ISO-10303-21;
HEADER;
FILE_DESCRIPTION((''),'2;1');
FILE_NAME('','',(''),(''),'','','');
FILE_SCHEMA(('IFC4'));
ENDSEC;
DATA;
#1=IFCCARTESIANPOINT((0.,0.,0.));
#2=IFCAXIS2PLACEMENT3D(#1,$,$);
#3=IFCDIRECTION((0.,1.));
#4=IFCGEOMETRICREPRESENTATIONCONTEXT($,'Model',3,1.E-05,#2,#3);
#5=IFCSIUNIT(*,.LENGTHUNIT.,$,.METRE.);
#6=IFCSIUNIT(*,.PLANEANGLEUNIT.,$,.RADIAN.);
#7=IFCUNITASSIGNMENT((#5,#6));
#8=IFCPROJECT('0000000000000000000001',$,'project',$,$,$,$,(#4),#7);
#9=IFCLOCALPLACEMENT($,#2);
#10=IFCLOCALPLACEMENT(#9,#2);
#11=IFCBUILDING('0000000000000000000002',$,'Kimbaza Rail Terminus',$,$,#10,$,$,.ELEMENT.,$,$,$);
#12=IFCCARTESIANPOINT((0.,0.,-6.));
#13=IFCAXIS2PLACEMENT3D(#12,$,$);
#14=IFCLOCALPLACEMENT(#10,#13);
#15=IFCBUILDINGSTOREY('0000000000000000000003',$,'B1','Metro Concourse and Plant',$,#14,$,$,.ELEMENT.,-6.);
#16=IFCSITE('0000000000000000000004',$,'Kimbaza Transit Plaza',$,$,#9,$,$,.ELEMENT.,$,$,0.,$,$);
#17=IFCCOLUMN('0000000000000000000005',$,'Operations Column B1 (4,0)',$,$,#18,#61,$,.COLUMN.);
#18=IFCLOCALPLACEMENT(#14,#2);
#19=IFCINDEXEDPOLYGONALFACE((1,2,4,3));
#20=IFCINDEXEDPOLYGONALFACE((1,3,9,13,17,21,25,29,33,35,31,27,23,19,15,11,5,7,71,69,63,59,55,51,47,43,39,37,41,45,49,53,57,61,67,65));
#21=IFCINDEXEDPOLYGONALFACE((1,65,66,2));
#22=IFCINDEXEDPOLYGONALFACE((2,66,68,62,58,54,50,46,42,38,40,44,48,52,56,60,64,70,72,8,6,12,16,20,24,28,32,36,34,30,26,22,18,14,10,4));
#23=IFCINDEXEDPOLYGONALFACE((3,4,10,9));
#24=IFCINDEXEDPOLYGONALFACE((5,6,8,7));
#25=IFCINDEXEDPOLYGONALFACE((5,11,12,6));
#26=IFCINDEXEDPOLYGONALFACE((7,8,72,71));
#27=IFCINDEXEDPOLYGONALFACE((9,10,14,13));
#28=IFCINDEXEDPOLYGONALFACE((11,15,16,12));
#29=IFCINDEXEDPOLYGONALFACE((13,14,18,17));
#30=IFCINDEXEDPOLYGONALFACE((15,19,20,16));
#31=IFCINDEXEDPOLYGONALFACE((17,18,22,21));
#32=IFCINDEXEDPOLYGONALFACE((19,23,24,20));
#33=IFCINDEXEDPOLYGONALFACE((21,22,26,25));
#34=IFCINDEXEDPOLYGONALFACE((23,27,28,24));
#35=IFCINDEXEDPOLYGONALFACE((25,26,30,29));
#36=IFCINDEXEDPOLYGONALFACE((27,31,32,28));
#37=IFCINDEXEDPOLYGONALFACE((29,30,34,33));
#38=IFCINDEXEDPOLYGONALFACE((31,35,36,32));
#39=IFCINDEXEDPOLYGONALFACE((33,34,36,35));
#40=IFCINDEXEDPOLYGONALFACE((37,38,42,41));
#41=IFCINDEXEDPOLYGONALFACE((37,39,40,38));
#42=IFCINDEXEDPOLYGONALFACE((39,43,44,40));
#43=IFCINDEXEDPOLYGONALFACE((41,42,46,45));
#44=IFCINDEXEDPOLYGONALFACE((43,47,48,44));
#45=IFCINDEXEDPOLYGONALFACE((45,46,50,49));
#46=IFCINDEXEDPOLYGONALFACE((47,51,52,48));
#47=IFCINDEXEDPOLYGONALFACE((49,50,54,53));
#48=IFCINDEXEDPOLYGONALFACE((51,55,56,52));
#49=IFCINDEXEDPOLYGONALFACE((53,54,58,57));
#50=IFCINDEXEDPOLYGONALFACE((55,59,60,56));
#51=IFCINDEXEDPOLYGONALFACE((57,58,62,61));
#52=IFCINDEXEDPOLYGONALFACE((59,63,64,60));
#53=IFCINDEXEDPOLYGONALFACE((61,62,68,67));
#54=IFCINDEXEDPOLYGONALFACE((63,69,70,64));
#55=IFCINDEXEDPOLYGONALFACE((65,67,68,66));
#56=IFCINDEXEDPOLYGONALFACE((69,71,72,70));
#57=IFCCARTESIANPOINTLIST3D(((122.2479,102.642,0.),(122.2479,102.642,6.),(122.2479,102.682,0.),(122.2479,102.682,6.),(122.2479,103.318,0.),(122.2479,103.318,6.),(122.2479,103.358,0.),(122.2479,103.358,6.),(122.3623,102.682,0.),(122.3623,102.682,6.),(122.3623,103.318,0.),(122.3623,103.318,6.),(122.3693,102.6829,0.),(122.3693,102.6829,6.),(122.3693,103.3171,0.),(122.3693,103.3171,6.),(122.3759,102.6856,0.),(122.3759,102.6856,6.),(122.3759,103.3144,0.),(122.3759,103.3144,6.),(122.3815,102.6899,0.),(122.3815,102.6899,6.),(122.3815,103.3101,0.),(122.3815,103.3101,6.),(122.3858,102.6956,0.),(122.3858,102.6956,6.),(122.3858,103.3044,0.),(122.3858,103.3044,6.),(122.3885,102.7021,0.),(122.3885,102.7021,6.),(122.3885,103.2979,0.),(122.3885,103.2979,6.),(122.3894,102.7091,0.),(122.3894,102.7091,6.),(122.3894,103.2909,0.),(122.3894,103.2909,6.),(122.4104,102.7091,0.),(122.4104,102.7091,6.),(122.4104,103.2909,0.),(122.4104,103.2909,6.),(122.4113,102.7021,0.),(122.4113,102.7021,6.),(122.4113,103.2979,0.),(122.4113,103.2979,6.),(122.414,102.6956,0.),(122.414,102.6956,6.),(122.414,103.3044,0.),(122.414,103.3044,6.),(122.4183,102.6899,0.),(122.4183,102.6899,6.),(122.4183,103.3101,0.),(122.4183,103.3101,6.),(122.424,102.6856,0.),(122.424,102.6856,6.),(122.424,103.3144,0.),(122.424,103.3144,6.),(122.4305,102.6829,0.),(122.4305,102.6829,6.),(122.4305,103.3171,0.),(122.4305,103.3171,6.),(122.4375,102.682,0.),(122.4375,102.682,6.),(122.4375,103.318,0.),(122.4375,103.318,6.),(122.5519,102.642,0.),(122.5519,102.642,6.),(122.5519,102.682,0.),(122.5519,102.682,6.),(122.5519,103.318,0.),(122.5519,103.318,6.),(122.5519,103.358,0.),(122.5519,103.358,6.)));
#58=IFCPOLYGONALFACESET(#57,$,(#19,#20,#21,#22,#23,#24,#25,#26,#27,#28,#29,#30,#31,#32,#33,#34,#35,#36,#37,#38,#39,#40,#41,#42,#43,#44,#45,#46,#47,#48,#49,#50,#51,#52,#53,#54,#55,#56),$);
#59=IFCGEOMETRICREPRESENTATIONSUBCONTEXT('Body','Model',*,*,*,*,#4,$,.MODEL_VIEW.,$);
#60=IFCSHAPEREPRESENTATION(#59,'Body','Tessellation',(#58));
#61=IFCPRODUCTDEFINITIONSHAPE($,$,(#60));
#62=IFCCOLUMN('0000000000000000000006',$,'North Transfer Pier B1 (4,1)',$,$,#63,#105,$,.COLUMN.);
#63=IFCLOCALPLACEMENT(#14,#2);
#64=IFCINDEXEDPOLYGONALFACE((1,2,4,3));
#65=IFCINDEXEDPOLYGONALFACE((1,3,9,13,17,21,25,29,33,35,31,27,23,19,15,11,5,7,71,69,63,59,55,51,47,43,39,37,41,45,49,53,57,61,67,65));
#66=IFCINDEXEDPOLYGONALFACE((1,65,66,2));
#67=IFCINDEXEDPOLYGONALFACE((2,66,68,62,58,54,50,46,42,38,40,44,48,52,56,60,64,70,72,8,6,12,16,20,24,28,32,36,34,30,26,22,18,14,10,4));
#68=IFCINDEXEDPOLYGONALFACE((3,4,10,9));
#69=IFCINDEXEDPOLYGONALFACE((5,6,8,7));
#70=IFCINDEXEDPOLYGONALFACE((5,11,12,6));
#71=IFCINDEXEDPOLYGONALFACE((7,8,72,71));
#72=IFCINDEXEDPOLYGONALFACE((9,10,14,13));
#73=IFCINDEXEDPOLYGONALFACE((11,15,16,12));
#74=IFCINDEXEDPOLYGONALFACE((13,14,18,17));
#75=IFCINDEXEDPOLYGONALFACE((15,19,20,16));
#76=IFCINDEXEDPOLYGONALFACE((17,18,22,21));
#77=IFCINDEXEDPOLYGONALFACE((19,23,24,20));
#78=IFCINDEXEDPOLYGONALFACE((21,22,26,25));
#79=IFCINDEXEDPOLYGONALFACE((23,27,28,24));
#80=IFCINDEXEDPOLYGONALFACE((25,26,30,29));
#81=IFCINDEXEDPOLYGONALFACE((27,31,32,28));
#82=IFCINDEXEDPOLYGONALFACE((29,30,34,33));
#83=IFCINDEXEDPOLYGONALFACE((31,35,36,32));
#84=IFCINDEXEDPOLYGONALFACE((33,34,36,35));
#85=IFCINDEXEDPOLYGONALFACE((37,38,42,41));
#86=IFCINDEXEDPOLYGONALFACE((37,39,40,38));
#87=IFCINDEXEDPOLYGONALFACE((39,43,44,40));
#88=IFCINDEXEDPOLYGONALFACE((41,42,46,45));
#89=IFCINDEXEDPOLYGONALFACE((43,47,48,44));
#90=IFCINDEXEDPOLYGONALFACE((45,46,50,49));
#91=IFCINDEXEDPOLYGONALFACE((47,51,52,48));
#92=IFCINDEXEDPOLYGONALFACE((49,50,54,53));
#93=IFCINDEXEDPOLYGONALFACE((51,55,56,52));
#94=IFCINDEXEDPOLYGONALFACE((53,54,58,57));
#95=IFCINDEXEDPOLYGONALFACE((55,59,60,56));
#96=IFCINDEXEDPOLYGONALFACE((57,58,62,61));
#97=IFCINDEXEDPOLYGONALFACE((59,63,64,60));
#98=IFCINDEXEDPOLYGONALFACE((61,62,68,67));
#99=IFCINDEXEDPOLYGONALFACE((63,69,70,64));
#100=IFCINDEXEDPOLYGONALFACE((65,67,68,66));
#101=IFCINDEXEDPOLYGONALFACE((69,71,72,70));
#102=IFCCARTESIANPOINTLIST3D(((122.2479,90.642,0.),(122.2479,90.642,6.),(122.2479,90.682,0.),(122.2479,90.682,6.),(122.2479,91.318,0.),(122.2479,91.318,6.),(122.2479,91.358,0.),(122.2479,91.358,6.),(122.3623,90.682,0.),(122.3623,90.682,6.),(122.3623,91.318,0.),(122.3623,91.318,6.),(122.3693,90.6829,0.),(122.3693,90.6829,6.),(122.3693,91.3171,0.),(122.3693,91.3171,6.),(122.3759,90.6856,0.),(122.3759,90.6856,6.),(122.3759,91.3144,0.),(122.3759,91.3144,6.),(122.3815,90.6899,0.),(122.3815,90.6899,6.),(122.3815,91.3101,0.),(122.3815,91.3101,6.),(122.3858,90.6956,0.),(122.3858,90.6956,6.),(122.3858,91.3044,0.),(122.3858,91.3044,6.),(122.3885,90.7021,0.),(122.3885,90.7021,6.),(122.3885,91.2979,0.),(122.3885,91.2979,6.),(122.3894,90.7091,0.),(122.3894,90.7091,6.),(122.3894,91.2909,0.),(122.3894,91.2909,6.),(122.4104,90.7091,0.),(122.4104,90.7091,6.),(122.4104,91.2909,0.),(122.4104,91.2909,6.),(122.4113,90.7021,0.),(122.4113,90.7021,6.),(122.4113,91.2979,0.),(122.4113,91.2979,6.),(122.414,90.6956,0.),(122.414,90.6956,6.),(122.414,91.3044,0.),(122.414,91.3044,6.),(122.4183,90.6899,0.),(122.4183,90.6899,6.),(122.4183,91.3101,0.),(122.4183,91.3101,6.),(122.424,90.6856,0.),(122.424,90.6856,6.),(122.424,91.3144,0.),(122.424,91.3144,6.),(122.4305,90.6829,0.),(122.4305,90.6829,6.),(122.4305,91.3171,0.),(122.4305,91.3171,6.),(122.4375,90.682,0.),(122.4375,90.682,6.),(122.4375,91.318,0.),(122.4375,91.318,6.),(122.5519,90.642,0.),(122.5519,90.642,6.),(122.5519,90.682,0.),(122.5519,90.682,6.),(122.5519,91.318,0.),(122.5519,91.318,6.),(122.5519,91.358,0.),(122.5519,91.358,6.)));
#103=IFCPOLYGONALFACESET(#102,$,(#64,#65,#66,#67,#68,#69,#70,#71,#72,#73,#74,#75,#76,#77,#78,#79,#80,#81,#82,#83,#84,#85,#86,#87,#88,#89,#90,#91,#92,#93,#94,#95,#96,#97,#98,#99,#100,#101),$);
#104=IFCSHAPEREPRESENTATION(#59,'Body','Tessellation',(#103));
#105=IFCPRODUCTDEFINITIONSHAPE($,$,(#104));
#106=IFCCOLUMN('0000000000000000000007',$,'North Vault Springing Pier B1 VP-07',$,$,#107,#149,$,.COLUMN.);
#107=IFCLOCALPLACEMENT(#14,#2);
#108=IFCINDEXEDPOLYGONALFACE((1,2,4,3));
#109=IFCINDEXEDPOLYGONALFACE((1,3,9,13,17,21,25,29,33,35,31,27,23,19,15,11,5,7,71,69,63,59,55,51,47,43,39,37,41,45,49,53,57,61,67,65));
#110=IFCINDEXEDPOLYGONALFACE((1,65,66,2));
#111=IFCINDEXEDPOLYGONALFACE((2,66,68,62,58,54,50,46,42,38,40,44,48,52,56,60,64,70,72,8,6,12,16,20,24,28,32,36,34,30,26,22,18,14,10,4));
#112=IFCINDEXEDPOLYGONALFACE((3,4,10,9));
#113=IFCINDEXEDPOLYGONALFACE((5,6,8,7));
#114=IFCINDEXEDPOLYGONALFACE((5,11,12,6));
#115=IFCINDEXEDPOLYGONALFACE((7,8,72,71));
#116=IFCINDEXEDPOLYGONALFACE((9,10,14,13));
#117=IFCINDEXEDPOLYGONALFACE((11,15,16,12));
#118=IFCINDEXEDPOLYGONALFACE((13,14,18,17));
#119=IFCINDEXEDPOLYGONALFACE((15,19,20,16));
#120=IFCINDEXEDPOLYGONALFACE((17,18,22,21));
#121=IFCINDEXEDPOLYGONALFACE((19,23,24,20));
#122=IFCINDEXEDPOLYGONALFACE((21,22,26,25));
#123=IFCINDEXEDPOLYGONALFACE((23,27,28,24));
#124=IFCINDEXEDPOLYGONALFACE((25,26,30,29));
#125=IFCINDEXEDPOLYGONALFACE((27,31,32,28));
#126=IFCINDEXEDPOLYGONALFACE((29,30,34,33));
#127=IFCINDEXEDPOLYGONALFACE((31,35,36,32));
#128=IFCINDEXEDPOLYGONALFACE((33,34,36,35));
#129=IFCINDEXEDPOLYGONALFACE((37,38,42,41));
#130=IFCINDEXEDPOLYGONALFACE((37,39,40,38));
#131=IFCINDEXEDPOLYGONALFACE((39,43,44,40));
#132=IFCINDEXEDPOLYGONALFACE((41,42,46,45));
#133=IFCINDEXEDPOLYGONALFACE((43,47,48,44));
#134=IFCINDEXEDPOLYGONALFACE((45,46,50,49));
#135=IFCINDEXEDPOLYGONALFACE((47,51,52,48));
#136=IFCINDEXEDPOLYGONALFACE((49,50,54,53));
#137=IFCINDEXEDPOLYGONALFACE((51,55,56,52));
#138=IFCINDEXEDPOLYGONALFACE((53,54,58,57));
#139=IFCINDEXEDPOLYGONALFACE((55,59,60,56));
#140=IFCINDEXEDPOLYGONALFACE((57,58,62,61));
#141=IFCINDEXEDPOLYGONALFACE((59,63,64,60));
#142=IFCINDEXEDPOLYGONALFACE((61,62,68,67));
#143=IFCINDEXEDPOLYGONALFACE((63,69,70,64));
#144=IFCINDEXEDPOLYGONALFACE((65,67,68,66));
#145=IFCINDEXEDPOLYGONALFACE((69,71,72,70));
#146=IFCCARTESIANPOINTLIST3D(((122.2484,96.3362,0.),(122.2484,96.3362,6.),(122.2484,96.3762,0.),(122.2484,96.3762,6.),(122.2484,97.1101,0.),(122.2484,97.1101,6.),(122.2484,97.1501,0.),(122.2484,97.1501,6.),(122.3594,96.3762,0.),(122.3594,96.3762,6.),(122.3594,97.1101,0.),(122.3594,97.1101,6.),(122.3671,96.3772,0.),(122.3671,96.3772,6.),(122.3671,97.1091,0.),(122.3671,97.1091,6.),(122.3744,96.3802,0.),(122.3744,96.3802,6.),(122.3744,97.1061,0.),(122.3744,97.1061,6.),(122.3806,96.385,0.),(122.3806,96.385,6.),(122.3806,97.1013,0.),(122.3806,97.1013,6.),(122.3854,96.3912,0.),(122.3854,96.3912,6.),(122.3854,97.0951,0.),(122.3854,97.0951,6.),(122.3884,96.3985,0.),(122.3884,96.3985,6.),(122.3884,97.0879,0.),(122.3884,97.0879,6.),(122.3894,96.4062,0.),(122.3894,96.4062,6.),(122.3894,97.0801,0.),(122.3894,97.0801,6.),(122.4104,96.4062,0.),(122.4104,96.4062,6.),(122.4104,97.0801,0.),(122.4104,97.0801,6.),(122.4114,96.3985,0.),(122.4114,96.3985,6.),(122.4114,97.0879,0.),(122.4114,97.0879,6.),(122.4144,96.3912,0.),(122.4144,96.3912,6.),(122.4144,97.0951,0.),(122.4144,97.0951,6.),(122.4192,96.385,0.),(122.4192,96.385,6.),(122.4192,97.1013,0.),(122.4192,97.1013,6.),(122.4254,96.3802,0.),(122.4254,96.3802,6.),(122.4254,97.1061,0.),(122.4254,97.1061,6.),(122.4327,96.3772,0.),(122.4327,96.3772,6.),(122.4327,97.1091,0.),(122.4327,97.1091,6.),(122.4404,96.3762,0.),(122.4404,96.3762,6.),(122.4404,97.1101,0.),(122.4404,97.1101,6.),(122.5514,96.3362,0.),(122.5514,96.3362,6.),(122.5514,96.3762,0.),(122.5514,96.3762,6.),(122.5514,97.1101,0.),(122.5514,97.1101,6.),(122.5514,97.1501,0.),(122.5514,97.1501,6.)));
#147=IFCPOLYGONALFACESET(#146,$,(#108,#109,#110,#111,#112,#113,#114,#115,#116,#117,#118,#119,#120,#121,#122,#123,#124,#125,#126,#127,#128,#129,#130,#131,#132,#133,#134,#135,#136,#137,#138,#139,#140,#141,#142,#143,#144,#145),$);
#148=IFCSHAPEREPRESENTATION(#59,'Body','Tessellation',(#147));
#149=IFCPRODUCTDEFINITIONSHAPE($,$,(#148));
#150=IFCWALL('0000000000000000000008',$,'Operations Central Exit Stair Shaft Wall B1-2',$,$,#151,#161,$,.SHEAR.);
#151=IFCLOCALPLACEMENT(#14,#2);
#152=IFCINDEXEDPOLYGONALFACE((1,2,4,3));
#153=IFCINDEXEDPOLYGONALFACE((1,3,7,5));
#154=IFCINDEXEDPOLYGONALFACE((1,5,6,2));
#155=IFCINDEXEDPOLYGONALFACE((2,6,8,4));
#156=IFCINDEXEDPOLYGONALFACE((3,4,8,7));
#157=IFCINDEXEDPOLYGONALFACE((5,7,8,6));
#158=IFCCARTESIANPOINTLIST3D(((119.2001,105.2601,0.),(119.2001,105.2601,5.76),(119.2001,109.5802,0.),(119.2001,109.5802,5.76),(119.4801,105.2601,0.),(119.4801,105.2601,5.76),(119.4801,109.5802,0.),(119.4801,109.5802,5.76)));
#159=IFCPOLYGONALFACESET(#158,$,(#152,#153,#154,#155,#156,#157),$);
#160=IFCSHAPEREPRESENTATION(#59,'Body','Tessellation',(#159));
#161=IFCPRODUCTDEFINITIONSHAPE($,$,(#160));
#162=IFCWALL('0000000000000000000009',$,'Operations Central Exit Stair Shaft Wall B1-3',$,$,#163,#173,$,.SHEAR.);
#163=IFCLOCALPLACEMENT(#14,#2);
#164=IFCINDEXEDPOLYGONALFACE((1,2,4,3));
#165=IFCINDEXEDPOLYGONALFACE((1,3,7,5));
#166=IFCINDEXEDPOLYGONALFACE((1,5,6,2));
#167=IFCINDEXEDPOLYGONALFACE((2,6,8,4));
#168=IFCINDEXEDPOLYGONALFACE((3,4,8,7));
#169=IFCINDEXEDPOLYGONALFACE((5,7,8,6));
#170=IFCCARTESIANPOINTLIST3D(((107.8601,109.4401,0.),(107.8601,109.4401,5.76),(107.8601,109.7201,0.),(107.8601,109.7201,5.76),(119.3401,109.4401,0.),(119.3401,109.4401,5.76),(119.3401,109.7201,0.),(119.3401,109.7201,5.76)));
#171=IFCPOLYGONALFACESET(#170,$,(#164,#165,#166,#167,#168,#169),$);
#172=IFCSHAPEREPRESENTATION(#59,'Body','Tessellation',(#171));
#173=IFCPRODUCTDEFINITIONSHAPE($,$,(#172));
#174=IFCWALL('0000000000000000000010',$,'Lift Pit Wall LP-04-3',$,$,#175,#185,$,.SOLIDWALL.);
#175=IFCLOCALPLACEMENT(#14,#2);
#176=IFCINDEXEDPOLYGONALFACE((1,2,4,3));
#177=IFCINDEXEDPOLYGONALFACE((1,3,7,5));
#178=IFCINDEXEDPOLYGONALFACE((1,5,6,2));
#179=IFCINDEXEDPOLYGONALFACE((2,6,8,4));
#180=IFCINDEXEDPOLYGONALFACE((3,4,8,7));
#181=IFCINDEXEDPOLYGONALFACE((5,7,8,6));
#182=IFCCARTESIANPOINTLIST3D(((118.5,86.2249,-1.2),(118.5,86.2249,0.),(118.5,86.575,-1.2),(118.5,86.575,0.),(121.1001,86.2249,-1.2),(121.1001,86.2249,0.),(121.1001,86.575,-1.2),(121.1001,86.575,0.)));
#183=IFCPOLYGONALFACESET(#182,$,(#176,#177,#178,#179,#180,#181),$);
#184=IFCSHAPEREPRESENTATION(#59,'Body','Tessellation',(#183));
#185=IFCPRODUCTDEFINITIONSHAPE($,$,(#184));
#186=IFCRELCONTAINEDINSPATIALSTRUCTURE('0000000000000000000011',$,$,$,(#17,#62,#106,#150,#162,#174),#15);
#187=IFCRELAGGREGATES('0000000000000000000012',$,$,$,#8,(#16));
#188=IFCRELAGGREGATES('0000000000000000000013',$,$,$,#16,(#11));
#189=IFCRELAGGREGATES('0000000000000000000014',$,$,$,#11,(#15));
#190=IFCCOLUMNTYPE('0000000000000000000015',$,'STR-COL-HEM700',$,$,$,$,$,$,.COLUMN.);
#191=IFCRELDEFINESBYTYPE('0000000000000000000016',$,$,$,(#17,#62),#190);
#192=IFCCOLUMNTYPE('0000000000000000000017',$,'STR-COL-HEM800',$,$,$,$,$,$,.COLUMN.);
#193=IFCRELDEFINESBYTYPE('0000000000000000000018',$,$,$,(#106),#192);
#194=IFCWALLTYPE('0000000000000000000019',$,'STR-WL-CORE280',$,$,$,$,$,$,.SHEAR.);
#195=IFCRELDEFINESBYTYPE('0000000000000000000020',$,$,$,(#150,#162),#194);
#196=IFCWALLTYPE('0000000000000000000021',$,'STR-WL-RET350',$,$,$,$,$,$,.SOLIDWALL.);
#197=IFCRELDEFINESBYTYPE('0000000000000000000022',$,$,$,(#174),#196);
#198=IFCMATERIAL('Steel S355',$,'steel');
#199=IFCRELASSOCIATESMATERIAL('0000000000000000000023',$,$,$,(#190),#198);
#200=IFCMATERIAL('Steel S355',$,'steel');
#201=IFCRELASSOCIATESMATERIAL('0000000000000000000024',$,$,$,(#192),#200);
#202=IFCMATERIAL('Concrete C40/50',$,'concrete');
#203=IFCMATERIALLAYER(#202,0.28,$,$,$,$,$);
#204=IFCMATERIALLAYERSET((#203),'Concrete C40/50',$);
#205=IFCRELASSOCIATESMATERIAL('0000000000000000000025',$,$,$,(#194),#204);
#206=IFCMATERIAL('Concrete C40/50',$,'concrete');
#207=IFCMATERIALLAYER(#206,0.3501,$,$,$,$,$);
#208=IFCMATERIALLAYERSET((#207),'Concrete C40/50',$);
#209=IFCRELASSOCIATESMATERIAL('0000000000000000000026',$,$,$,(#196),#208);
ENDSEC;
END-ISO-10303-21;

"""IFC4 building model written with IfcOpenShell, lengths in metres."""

from ifc_helpers import new_model, si_unit, direction, frame, frame_2d, origin, origin_2d, place, context, subcontext, project, spatial, rectangle, i_section, extrude, material, layer, layer_set, material_profile, profile_set, type_object, element, save


model = new_model("IFC4")

# Units and contexts
model_context = context("Model", 3, precision=1e-05, world=origin(), true_north=direction((0.0, 1.0)))
body_context = subcontext(model_context, "Body", "Model", "MODEL_VIEW")
ifc_project = project(units=[si_unit("LENGTHUNIT", "METRE"), si_unit("PLANEANGLEUNIT", "RADIAN")], contexts=[model_context])

# Site, building, storey
site_placement = place(None, origin())
site = spatial("IfcSite", under=ifc_project, at=site_placement, Name="Kimbaza Transit Plaza", CompositionType="ELEMENT", RefElevation=0.0)
building_placement = place(site_placement, origin())
building = spatial("IfcBuilding", under=site, at=building_placement, Name="Kimbaza Rail Terminus", CompositionType="ELEMENT")
storey_placement = place(building_placement, frame((0.0, 0.0, -6.0)))
storey = spatial("IfcBuildingStorey", under=building, at=storey_placement, Name="B1", Description="Metro Concourse and Plant", CompositionType="ELEMENT", Elevation=-6.0)

# Columns
ifc_material_1 = material(Name="Steel S355", Category="steel")
ifc_material_profile_1 = material_profile(ifc_material_1, i_section(OverallWidth=0.304, OverallDepth=0.7161, WebThickness=0.021, FlangeThickness=0.04, FilletRadius=0.0271, at=origin_2d()), Name="HEM 700")
ifc_profile_set_1 = profile_set([ifc_material_profile_1], Name="Steel S355")
column_type_1 = type_object("IfcColumnType", Name="STR-COL-HEM700", PredefinedType="COLUMN", material=ifc_profile_set_1)
for number, where, z_axis, x_axis, name in (
    (1, (122.3999, 103.0, 0.0), (0.0, 0.0, 1.0), (1.0, 0.0, 0.0), "Operations Column B1 (4,0)"),
    (2, (122.3999, 91.0, 0.0), (0.0, 0.0, 1.0), (1.0, 0.0, 0.0), "North Transfer Pier B1 (4,1)"),
):
    element("IfcColumn", number, at=place(storey_placement, frame(where, z_axis=z_axis, x_axis=x_axis)), inside=storey, type_object=column_type_1, Name=name, PredefinedType="COLUMN", context=body_context, shape_type="SweptSolid", body=[
        extrude(i_section(OverallWidth=0.304, OverallDepth=0.7161, WebThickness=0.021, FlangeThickness=0.04, FilletRadius=0.0271, at=origin_2d()), origin(), (0.0, 0.0, 1.0), 6.0),
    ])
ifc_material_2 = material(Name="Steel S355", Category="steel")
ifc_material_profile_2 = material_profile(ifc_material_2, i_section(OverallWidth=0.303, OverallDepth=0.814, WebThickness=0.021, FlangeThickness=0.04, FilletRadius=0.03, at=origin_2d()), Name="HEM 800")
ifc_profile_set_2 = profile_set([ifc_material_profile_2], Name="Steel S355")
column_type_2 = type_object("IfcColumnType", Name="STR-COL-HEM800", PredefinedType="COLUMN", material=ifc_profile_set_2)
column_placement = place(storey_placement, frame((122.3999, 96.7432, 0.0), z_axis=(0.0, 0.0, 1.0), x_axis=(1.0, 0.0, 0.0)))
element("IfcColumn", 3, at=column_placement, inside=storey, type_object=column_type_2, Name="North Vault Springing Pier B1 VP-07", PredefinedType="COLUMN", context=body_context, shape_type="SweptSolid", body=[
    extrude(i_section(OverallWidth=0.303, OverallDepth=0.814, WebThickness=0.021, FlangeThickness=0.04, FilletRadius=0.03, at=origin_2d()), origin(), (0.0, 0.0, 1.0), 6.0),
])

# Walls
ifc_material_3 = material(Name="Concrete C40/50", Category="concrete")
ifc_layer_1 = layer(ifc_material_3, 0.28)
ifc_layer_set_1 = layer_set([ifc_layer_1], Name="Concrete C40/50")
wall_type_1 = type_object("IfcWallType", Name="STR-WL-CORE280", PredefinedType="SHEAR", material=ifc_layer_set_1)
wall_1_placement = place(storey_placement, frame((119.3401, 105.26, 0.0), z_axis=(0.0, 0.0, 1.0), x_axis=(0.0, 1.0, 0.0)))
element("IfcWall", 4, at=wall_1_placement, inside=storey, type_object=wall_type_1, Name="Operations Central Exit Stair Shaft Wall B1-2", PredefinedType="SHEAR", context=body_context, shape_type="SweptSolid", body=[
    extrude(rectangle(XDim=4.3201, YDim=0.28, at=frame_2d((2.1602, 0.0))), origin(), (0.0, 0.0, 1.0), 5.76),
])
wall_2_placement = place(storey_placement, frame((119.3401, 109.5801, 0.0), z_axis=(0.0, 0.0, 1.0), x_axis=(-1.0, 0.0, 0.0)))
element("IfcWall", 5, at=wall_2_placement, inside=storey, type_object=wall_type_1, Name="Operations Central Exit Stair Shaft Wall B1-3", PredefinedType="SHEAR", context=body_context, shape_type="SweptSolid", body=[
    extrude(rectangle(XDim=11.48, YDim=0.28, at=frame_2d((5.74, 0.0))), origin(), (0.0, 0.0, 1.0), 5.76),
])
ifc_material_4 = material(Name="Concrete C40/50", Category="concrete")
ifc_layer_2 = layer(ifc_material_4, 0.3501)
ifc_layer_set_2 = layer_set([ifc_layer_2], Name="Concrete C40/50")
wall_type_2 = type_object("IfcWallType", Name="STR-WL-RET350", PredefinedType="SOLIDWALL", material=ifc_layer_set_2)
wall_3_placement = place(storey_placement, frame((121.1001, 86.3999, -1.2), z_axis=(0.0, 0.0, 1.0), x_axis=(-1.0, 0.0, 0.0)))
element("IfcWall", 6, at=wall_3_placement, inside=storey, type_object=wall_type_2, Name="Lift Pit Wall LP-04-3", PredefinedType="SOLIDWALL", context=body_context, shape_type="SweptSolid", body=[
    extrude(rectangle(XDim=2.6001, YDim=0.3501, at=frame_2d((1.3, 0.0))), origin(), (0.0, 0.0, 1.0), 1.2),
])

save(model, "model.ifc")
